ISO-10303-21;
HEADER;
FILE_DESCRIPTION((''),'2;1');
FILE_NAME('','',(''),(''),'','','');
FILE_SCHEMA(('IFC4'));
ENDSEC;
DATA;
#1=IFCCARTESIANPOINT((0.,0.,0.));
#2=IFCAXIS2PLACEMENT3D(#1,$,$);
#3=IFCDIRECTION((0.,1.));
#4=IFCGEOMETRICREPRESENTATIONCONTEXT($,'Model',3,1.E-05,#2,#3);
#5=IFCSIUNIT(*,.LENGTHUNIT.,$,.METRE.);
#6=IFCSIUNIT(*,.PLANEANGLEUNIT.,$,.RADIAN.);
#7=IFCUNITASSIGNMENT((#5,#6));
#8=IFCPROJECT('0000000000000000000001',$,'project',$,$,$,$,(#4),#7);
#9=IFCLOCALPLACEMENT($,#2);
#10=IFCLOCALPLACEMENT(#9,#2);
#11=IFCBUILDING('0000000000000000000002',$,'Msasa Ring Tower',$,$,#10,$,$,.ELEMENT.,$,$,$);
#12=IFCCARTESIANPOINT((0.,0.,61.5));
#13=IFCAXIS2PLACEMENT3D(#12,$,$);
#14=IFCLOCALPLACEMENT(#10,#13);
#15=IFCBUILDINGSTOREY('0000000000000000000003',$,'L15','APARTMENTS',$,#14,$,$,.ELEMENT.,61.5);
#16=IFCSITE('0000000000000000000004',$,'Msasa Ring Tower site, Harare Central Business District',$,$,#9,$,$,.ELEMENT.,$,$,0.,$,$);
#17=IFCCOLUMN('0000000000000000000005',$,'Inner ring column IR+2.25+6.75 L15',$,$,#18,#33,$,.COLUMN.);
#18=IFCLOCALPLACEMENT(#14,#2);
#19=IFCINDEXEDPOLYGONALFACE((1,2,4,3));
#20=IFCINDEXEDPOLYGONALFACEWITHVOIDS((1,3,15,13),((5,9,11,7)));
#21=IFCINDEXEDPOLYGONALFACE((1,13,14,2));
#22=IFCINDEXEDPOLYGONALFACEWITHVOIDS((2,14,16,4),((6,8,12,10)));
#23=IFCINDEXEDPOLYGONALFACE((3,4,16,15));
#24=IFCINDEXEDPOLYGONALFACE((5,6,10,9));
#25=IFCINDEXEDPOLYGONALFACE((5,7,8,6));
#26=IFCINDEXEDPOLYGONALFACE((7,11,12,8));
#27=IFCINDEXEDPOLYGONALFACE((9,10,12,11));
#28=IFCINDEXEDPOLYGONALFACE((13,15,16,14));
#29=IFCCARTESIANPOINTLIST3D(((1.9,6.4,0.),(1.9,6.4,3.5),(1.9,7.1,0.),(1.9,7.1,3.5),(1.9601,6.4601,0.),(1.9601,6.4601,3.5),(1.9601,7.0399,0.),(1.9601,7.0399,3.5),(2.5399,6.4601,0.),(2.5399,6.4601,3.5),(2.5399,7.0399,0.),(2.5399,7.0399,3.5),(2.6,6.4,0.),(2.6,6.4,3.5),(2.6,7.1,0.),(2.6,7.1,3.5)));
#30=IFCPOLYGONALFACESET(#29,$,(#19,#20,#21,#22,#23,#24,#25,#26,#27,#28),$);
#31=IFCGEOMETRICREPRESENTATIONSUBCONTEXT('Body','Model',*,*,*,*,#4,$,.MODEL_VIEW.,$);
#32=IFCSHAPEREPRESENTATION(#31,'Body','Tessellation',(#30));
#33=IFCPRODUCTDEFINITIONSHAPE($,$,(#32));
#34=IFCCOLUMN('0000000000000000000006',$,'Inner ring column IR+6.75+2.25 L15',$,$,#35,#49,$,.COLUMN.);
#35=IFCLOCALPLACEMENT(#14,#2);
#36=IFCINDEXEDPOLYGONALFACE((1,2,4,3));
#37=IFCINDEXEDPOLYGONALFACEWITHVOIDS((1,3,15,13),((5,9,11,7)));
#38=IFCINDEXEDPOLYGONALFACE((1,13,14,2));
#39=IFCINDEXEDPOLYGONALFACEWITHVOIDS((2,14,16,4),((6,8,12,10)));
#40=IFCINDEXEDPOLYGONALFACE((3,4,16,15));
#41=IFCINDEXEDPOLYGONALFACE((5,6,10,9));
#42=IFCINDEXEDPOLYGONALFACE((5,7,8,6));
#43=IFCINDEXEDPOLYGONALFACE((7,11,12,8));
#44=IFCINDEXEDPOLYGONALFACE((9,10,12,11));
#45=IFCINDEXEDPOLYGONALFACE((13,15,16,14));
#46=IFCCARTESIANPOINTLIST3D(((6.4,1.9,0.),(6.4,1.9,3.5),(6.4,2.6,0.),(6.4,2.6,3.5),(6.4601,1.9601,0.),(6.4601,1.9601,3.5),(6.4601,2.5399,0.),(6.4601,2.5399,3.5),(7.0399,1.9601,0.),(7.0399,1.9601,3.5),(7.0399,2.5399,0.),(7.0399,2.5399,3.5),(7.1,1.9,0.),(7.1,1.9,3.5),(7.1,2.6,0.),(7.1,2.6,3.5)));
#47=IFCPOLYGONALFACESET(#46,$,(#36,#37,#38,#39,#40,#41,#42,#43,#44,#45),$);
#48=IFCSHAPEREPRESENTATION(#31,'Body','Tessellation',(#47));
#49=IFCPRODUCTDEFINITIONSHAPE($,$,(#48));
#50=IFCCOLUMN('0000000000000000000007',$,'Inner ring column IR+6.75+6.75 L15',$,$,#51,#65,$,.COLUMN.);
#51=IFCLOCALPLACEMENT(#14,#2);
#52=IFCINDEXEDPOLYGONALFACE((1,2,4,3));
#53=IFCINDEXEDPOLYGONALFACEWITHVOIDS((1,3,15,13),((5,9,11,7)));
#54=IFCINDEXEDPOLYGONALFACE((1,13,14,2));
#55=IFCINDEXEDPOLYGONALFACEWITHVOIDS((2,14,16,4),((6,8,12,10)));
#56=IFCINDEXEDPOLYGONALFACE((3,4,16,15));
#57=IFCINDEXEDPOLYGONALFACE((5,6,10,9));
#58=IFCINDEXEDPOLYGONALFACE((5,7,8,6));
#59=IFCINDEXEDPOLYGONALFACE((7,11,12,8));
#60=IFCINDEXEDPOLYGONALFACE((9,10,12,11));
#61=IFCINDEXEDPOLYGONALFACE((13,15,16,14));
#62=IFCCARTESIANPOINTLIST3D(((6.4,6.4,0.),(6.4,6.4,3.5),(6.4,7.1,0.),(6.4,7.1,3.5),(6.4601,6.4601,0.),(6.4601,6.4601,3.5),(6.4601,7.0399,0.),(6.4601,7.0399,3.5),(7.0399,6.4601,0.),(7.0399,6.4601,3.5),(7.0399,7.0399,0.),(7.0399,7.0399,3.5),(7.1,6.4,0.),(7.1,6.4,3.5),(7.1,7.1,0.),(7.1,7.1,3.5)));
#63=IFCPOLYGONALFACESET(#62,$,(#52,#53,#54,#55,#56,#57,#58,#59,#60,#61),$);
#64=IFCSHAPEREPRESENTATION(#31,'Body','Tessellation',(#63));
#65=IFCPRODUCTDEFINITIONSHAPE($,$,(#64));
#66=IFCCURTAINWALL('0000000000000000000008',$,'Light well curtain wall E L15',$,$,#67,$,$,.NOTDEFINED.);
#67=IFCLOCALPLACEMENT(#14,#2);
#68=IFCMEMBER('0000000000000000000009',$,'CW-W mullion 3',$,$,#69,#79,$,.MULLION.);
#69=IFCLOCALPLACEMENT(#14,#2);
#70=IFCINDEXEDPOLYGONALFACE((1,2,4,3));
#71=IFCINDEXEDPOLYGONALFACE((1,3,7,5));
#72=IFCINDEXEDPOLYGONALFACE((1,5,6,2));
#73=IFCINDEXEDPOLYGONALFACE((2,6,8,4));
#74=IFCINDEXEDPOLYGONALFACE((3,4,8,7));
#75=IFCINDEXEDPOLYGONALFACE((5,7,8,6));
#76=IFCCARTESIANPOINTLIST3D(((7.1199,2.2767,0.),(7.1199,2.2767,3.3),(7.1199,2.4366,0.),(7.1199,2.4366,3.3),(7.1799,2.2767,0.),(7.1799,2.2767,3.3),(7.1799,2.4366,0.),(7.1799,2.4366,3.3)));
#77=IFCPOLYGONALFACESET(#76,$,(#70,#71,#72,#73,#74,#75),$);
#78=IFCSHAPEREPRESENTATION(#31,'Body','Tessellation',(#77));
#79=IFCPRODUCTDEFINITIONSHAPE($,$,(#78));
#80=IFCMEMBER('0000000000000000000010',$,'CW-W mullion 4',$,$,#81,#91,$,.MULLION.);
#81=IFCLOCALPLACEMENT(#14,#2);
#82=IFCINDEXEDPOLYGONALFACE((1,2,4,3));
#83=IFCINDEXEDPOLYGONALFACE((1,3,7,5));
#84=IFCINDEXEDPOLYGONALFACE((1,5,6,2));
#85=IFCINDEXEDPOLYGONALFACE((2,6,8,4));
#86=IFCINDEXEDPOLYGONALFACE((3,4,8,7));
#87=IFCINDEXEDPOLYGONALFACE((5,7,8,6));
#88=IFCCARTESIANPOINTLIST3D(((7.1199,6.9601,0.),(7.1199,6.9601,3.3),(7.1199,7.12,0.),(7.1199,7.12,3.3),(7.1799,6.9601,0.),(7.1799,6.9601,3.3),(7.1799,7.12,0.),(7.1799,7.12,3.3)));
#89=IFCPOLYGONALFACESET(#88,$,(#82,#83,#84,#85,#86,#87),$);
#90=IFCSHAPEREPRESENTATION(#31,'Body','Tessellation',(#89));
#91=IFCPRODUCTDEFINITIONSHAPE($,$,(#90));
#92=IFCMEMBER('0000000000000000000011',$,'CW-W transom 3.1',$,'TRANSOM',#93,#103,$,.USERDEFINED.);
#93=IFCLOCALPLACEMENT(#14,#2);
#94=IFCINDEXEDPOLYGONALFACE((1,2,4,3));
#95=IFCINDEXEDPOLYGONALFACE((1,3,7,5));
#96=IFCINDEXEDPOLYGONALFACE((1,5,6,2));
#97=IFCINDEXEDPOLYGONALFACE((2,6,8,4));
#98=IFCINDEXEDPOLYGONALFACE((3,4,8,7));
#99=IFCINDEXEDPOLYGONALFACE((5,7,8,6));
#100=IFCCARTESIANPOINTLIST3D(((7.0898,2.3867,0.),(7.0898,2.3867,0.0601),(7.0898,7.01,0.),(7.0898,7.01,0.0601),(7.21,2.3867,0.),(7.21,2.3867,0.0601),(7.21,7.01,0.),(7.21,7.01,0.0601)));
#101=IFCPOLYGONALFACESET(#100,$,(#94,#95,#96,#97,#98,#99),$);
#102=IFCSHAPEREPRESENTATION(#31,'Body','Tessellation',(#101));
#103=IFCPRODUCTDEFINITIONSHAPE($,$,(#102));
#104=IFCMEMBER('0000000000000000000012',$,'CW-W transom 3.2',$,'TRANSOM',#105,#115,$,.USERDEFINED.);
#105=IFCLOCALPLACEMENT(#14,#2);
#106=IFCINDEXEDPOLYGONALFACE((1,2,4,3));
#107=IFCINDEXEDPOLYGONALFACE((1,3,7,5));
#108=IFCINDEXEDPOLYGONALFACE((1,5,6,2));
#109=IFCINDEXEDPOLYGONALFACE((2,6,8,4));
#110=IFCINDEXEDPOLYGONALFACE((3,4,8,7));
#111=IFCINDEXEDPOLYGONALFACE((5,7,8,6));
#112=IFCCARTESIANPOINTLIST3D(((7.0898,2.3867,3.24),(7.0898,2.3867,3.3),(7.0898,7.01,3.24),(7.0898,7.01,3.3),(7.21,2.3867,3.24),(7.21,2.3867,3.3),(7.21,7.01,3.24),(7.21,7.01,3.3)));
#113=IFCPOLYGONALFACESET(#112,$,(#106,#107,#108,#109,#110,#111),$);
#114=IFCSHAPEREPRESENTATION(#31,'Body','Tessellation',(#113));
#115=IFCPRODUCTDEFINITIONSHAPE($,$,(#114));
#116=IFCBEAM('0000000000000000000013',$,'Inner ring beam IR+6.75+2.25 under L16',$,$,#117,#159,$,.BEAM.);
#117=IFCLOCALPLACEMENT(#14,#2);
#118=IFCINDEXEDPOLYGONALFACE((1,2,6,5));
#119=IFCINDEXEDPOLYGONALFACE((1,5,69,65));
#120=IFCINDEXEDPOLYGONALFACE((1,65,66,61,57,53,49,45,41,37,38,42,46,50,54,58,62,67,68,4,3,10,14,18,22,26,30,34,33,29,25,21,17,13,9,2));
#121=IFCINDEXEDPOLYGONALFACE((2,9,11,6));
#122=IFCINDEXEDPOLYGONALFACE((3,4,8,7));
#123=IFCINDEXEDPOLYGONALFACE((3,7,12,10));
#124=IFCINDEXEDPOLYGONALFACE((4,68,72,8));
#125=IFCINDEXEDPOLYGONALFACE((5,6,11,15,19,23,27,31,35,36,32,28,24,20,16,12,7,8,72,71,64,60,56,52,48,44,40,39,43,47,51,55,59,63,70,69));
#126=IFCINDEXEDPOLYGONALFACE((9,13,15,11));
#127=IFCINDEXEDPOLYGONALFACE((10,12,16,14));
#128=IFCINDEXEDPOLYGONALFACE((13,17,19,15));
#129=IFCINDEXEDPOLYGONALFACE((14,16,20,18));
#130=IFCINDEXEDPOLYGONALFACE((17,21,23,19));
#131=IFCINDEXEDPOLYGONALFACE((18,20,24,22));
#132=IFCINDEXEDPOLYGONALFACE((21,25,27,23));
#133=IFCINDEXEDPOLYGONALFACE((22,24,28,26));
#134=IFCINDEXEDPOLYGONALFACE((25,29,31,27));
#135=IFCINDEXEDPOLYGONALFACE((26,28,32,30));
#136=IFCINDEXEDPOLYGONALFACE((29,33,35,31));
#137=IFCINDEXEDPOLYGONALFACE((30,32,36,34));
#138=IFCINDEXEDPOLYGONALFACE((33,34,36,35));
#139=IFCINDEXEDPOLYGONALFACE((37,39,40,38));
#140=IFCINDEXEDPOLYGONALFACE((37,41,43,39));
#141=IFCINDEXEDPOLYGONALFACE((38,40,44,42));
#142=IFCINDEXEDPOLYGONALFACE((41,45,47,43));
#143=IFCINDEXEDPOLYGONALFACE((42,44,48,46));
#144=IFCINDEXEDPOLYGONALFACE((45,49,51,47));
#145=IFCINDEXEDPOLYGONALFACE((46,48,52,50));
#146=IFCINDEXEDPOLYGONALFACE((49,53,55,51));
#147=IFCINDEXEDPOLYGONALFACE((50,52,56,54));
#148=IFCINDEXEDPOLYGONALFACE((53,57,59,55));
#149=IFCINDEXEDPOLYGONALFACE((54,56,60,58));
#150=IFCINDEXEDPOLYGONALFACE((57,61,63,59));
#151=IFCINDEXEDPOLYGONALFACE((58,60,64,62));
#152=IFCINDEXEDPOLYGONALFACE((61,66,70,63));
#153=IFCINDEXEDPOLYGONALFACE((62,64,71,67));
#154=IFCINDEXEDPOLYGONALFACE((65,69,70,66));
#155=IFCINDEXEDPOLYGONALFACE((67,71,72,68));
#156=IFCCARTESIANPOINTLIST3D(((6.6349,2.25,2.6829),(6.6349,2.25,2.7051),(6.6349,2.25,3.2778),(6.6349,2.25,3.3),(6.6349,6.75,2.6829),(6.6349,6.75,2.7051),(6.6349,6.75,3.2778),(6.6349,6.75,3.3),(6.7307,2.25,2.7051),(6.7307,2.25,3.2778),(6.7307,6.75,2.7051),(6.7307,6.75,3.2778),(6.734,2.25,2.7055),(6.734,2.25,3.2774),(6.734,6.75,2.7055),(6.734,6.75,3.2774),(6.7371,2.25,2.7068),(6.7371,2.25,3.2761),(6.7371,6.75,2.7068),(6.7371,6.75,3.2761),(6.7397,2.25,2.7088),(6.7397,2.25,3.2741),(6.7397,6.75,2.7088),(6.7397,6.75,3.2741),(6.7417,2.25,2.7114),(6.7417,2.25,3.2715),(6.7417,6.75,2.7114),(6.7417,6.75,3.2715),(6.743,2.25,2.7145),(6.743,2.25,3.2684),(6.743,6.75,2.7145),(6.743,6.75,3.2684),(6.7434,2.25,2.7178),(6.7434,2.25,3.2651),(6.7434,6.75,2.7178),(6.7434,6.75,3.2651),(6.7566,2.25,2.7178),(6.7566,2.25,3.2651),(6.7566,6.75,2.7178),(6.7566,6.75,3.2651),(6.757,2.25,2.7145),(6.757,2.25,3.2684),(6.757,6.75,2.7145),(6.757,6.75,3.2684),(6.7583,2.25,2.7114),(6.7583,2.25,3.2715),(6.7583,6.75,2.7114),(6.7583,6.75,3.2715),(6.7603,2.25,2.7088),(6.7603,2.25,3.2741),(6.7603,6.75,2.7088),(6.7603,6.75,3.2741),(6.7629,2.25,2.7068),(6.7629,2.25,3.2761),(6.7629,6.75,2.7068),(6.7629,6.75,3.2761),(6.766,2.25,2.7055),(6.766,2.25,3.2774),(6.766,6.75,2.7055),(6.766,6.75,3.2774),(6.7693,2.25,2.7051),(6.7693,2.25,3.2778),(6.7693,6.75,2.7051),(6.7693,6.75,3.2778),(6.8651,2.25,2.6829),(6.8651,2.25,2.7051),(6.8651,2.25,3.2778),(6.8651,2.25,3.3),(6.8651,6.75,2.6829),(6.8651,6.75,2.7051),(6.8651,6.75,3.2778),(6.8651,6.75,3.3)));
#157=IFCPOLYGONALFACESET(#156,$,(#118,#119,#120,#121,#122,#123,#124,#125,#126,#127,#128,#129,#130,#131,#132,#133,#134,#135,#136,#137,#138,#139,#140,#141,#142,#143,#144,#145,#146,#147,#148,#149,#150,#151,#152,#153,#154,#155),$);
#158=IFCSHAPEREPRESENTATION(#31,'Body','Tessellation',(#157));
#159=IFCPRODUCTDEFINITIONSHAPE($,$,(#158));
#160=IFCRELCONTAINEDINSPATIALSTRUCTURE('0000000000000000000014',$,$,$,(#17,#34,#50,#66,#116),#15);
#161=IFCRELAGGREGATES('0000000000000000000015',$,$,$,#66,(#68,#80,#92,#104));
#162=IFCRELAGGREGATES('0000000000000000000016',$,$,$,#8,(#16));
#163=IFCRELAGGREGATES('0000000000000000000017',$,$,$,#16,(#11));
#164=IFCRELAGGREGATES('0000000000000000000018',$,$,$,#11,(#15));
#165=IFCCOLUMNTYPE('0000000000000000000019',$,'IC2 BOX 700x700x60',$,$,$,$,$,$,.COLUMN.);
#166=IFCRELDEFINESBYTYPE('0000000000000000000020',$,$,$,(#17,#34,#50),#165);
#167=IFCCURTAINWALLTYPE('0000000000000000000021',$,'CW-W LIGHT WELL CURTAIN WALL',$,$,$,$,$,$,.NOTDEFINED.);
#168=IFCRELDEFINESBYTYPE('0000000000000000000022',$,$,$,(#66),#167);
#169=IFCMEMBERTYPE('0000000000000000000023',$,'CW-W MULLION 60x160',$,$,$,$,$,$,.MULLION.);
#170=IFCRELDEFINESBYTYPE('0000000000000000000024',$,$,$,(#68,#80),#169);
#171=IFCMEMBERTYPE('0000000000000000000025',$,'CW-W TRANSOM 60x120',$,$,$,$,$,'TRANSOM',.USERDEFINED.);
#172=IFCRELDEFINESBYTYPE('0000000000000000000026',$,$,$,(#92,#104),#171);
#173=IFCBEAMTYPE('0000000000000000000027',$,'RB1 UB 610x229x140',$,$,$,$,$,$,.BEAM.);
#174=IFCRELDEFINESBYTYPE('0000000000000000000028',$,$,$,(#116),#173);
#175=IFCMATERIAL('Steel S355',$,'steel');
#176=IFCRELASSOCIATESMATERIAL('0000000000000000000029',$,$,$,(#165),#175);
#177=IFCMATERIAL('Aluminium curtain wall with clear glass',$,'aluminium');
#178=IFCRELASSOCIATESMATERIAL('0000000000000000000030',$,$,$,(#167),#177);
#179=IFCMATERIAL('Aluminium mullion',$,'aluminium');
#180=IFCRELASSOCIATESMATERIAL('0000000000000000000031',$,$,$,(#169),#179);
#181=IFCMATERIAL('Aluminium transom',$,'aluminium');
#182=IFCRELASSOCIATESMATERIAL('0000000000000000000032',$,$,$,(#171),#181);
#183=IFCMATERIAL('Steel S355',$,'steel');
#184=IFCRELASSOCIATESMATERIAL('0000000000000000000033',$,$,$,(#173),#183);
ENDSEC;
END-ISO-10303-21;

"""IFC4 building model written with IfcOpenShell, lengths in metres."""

from ifc_helpers import new_model, si_unit, direction, frame, origin, origin_2d, place, context, subcontext, project, spatial, rectangle, hollow_rectangle, i_section, extrude, material, material_profile, profile_set, type_object, element, aggregate, save


model = new_model("IFC4")

# Units and contexts
model_context = context("Model", 3, precision=1e-05, world=origin(), true_north=direction((0.0, 1.0)))
body_context = subcontext(model_context, "Body", "Model", "MODEL_VIEW")
ifc_project = project(units=[si_unit("LENGTHUNIT", "METRE"), si_unit("PLANEANGLEUNIT", "RADIAN")], contexts=[model_context])

# Site, building, storey
site_placement = place(None, origin())
site = spatial("IfcSite", under=ifc_project, at=site_placement, Name="Msasa Ring Tower site, Harare Central Business District", CompositionType="ELEMENT", RefElevation=0.0)
building_placement = place(site_placement, origin())
building = spatial("IfcBuilding", under=site, at=building_placement, Name="Msasa Ring Tower", CompositionType="ELEMENT")
storey_placement = place(building_placement, frame((0.0, 0.0, 61.5)))
storey = spatial("IfcBuildingStorey", under=building, at=storey_placement, Name="L15", Description="APARTMENTS", CompositionType="ELEMENT", Elevation=61.5)

# Columns
ifc_material_1 = material(Name="Steel S355", Category="steel")
ifc_material_profile_1 = material_profile(ifc_material_1, hollow_rectangle(XDim=0.7, YDim=0.7, WallThickness=0.0601, at=origin_2d()), Name="BOX 700x700x60")
ifc_profile_set_1 = profile_set([ifc_material_profile_1], Name="Steel S355")
column_type = type_object("IfcColumnType", Name="IC2 BOX 700x700x60", PredefinedType="COLUMN", material=ifc_profile_set_1)
for number, where, z_axis, x_axis, name in (
    (1, (2.25, 6.75, 0.0), (0.0, 0.0, 1.0), (1.0, 0.0, 0.0), "Inner ring column IR+2.25+6.75 L15"),
    (2, (6.75, 2.25, 0.0), (0.0, 0.0, 1.0), (1.0, 0.0, 0.0), "Inner ring column IR+6.75+2.25 L15"),
    (3, (6.75, 6.75, 0.0), (0.0, 0.0, 1.0), (1.0, 0.0, 0.0), "Inner ring column IR+6.75+6.75 L15"),
):
    element("IfcColumn", number, at=place(storey_placement, frame(where, z_axis=z_axis, x_axis=x_axis)), inside=storey, type_object=column_type, Name=name, PredefinedType="COLUMN", context=body_context, shape_type="SweptSolid", body=[
        extrude(hollow_rectangle(XDim=0.7, YDim=0.7, WallThickness=0.0601, at=origin_2d()), origin(), (0.0, 0.0, 1.0), 3.5),
    ])

# Curtain wall, members
ifc_material_2 = material(Name="Aluminium curtain wall with clear glass", Category="aluminium")
curtain_wall_type = type_object("IfcCurtainWallType", Name="CW-W LIGHT WELL CURTAIN WALL", PredefinedType="NOTDEFINED", material=ifc_material_2)
curtain_wall_placement = place(storey_placement, origin())
curtain_wall = element("IfcCurtainWall", 4, at=curtain_wall_placement, inside=storey, type_object=curtain_wall_type, Name="Light well curtain wall E L15", PredefinedType="NOTDEFINED")
ifc_material_3 = material(Name="Aluminium mullion", Category="aluminium")
ifc_material_profile_2 = material_profile(ifc_material_3, rectangle(XDim=0.0601, YDim=0.1599, at=origin_2d()), Name="AL 60x160")
ifc_profile_set_2 = profile_set([ifc_material_profile_2], Name="Aluminium mullion")
member_type_1 = type_object("IfcMemberType", Name="CW-W MULLION 60x160", PredefinedType="MULLION", material=ifc_profile_set_2)
member_1_placement = place(storey_placement, frame((7.1499, 2.3567, 0.0), z_axis=(0.0, 0.0, 1.0), x_axis=(-1.0, 0.0, 0.0)))
member_1 = element("IfcMember", 5, at=member_1_placement, type_object=member_type_1, Name="CW-W mullion 3", PredefinedType="MULLION", context=body_context, shape_type="SweptSolid", body=[
    extrude(rectangle(XDim=0.0601, YDim=0.1599, at=origin_2d()), origin(), (0.0, 0.0, 1.0), 3.3),
])
member_2_placement = place(storey_placement, frame((7.1499, 7.04, 0.0), z_axis=(0.0, 0.0, 1.0), x_axis=(-1.0, 0.0, 0.0)))
member_2 = element("IfcMember", 6, at=member_2_placement, type_object=member_type_1, Name="CW-W mullion 4", PredefinedType="MULLION", context=body_context, shape_type="SweptSolid", body=[
    extrude(rectangle(XDim=0.0601, YDim=0.1599, at=origin_2d()), origin(), (0.0, 0.0, 1.0), 3.3),
])
ifc_material_4 = material(Name="Aluminium transom", Category="aluminium")
ifc_material_profile_3 = material_profile(ifc_material_4, rectangle(XDim=0.1201, YDim=0.0601, at=origin_2d()), Name="AL 60x120")
ifc_profile_set_3 = profile_set([ifc_material_profile_3], Name="Aluminium transom")
member_type_2 = type_object("IfcMemberType", Name="CW-W TRANSOM 60x120", ElementType="TRANSOM", PredefinedType="USERDEFINED", material=ifc_profile_set_3)
member_3_placement = place(storey_placement, frame((7.1499, 2.3867, 0.03), z_axis=(0.0, 1.0, 0.0), x_axis=(-1.0, 0.0, 0.0)))
member_3 = element("IfcMember", 7, at=member_3_placement, type_object=member_type_2, Name="CW-W transom 3.1", ObjectType="TRANSOM", PredefinedType="USERDEFINED", context=body_context, shape_type="SweptSolid", body=[
    extrude(rectangle(XDim=0.1201, YDim=0.0601, at=origin_2d()), origin(), (0.0, 0.0, 1.0), 4.6233),
])
member_4_placement = place(storey_placement, frame((7.1499, 2.3867, 3.27), z_axis=(0.0, 1.0, 0.0), x_axis=(-1.0, 0.0, 0.0)))
member_4 = element("IfcMember", 8, at=member_4_placement, type_object=member_type_2, Name="CW-W transom 3.2", ObjectType="TRANSOM", PredefinedType="USERDEFINED", context=body_context, shape_type="SweptSolid", body=[
    extrude(rectangle(XDim=0.1201, YDim=0.0601, at=origin_2d()), origin(), (0.0, 0.0, 1.0), 4.6233),
])

# Beam
ifc_material_5 = material(Name="Steel S355", Category="steel")
ifc_material_profile_4 = material_profile(ifc_material_5, i_section(OverallWidth=0.2302, OverallDepth=0.6172, WebThickness=0.0132, FlangeThickness=0.0222, FilletRadius=0.0127, at=origin_2d()), Name="UB 610x229x140")
ifc_profile_set_4 = profile_set([ifc_material_profile_4], Name="Steel S355")
beam_type = type_object("IfcBeamType", Name="RB1 UB 610x229x140", PredefinedType="BEAM", material=ifc_profile_set_4)
for number, where, z_axis, x_axis, name in (
    (9, (6.75, 2.25, 2.9915), (0.0, 1.0, 0.0), (-1.0, 0.0, 0.0), "Inner ring beam IR+6.75+2.25 under L16"),
):
    element("IfcBeam", number, at=place(storey_placement, frame(where, z_axis=z_axis, x_axis=x_axis)), inside=storey, type_object=beam_type, Name=name, PredefinedType="BEAM", context=body_context, shape_type="SweptSolid", body=[
        extrude(i_section(OverallWidth=0.2302, OverallDepth=0.6172, WebThickness=0.0132, FlangeThickness=0.0222, FilletRadius=0.0127, at=origin_2d()), origin(), (0.0, 0.0, 1.0), 4.5),
    ])

aggregate(curtain_wall, [member_1, member_2, member_3, member_4])

save(model, "model.ifc")
